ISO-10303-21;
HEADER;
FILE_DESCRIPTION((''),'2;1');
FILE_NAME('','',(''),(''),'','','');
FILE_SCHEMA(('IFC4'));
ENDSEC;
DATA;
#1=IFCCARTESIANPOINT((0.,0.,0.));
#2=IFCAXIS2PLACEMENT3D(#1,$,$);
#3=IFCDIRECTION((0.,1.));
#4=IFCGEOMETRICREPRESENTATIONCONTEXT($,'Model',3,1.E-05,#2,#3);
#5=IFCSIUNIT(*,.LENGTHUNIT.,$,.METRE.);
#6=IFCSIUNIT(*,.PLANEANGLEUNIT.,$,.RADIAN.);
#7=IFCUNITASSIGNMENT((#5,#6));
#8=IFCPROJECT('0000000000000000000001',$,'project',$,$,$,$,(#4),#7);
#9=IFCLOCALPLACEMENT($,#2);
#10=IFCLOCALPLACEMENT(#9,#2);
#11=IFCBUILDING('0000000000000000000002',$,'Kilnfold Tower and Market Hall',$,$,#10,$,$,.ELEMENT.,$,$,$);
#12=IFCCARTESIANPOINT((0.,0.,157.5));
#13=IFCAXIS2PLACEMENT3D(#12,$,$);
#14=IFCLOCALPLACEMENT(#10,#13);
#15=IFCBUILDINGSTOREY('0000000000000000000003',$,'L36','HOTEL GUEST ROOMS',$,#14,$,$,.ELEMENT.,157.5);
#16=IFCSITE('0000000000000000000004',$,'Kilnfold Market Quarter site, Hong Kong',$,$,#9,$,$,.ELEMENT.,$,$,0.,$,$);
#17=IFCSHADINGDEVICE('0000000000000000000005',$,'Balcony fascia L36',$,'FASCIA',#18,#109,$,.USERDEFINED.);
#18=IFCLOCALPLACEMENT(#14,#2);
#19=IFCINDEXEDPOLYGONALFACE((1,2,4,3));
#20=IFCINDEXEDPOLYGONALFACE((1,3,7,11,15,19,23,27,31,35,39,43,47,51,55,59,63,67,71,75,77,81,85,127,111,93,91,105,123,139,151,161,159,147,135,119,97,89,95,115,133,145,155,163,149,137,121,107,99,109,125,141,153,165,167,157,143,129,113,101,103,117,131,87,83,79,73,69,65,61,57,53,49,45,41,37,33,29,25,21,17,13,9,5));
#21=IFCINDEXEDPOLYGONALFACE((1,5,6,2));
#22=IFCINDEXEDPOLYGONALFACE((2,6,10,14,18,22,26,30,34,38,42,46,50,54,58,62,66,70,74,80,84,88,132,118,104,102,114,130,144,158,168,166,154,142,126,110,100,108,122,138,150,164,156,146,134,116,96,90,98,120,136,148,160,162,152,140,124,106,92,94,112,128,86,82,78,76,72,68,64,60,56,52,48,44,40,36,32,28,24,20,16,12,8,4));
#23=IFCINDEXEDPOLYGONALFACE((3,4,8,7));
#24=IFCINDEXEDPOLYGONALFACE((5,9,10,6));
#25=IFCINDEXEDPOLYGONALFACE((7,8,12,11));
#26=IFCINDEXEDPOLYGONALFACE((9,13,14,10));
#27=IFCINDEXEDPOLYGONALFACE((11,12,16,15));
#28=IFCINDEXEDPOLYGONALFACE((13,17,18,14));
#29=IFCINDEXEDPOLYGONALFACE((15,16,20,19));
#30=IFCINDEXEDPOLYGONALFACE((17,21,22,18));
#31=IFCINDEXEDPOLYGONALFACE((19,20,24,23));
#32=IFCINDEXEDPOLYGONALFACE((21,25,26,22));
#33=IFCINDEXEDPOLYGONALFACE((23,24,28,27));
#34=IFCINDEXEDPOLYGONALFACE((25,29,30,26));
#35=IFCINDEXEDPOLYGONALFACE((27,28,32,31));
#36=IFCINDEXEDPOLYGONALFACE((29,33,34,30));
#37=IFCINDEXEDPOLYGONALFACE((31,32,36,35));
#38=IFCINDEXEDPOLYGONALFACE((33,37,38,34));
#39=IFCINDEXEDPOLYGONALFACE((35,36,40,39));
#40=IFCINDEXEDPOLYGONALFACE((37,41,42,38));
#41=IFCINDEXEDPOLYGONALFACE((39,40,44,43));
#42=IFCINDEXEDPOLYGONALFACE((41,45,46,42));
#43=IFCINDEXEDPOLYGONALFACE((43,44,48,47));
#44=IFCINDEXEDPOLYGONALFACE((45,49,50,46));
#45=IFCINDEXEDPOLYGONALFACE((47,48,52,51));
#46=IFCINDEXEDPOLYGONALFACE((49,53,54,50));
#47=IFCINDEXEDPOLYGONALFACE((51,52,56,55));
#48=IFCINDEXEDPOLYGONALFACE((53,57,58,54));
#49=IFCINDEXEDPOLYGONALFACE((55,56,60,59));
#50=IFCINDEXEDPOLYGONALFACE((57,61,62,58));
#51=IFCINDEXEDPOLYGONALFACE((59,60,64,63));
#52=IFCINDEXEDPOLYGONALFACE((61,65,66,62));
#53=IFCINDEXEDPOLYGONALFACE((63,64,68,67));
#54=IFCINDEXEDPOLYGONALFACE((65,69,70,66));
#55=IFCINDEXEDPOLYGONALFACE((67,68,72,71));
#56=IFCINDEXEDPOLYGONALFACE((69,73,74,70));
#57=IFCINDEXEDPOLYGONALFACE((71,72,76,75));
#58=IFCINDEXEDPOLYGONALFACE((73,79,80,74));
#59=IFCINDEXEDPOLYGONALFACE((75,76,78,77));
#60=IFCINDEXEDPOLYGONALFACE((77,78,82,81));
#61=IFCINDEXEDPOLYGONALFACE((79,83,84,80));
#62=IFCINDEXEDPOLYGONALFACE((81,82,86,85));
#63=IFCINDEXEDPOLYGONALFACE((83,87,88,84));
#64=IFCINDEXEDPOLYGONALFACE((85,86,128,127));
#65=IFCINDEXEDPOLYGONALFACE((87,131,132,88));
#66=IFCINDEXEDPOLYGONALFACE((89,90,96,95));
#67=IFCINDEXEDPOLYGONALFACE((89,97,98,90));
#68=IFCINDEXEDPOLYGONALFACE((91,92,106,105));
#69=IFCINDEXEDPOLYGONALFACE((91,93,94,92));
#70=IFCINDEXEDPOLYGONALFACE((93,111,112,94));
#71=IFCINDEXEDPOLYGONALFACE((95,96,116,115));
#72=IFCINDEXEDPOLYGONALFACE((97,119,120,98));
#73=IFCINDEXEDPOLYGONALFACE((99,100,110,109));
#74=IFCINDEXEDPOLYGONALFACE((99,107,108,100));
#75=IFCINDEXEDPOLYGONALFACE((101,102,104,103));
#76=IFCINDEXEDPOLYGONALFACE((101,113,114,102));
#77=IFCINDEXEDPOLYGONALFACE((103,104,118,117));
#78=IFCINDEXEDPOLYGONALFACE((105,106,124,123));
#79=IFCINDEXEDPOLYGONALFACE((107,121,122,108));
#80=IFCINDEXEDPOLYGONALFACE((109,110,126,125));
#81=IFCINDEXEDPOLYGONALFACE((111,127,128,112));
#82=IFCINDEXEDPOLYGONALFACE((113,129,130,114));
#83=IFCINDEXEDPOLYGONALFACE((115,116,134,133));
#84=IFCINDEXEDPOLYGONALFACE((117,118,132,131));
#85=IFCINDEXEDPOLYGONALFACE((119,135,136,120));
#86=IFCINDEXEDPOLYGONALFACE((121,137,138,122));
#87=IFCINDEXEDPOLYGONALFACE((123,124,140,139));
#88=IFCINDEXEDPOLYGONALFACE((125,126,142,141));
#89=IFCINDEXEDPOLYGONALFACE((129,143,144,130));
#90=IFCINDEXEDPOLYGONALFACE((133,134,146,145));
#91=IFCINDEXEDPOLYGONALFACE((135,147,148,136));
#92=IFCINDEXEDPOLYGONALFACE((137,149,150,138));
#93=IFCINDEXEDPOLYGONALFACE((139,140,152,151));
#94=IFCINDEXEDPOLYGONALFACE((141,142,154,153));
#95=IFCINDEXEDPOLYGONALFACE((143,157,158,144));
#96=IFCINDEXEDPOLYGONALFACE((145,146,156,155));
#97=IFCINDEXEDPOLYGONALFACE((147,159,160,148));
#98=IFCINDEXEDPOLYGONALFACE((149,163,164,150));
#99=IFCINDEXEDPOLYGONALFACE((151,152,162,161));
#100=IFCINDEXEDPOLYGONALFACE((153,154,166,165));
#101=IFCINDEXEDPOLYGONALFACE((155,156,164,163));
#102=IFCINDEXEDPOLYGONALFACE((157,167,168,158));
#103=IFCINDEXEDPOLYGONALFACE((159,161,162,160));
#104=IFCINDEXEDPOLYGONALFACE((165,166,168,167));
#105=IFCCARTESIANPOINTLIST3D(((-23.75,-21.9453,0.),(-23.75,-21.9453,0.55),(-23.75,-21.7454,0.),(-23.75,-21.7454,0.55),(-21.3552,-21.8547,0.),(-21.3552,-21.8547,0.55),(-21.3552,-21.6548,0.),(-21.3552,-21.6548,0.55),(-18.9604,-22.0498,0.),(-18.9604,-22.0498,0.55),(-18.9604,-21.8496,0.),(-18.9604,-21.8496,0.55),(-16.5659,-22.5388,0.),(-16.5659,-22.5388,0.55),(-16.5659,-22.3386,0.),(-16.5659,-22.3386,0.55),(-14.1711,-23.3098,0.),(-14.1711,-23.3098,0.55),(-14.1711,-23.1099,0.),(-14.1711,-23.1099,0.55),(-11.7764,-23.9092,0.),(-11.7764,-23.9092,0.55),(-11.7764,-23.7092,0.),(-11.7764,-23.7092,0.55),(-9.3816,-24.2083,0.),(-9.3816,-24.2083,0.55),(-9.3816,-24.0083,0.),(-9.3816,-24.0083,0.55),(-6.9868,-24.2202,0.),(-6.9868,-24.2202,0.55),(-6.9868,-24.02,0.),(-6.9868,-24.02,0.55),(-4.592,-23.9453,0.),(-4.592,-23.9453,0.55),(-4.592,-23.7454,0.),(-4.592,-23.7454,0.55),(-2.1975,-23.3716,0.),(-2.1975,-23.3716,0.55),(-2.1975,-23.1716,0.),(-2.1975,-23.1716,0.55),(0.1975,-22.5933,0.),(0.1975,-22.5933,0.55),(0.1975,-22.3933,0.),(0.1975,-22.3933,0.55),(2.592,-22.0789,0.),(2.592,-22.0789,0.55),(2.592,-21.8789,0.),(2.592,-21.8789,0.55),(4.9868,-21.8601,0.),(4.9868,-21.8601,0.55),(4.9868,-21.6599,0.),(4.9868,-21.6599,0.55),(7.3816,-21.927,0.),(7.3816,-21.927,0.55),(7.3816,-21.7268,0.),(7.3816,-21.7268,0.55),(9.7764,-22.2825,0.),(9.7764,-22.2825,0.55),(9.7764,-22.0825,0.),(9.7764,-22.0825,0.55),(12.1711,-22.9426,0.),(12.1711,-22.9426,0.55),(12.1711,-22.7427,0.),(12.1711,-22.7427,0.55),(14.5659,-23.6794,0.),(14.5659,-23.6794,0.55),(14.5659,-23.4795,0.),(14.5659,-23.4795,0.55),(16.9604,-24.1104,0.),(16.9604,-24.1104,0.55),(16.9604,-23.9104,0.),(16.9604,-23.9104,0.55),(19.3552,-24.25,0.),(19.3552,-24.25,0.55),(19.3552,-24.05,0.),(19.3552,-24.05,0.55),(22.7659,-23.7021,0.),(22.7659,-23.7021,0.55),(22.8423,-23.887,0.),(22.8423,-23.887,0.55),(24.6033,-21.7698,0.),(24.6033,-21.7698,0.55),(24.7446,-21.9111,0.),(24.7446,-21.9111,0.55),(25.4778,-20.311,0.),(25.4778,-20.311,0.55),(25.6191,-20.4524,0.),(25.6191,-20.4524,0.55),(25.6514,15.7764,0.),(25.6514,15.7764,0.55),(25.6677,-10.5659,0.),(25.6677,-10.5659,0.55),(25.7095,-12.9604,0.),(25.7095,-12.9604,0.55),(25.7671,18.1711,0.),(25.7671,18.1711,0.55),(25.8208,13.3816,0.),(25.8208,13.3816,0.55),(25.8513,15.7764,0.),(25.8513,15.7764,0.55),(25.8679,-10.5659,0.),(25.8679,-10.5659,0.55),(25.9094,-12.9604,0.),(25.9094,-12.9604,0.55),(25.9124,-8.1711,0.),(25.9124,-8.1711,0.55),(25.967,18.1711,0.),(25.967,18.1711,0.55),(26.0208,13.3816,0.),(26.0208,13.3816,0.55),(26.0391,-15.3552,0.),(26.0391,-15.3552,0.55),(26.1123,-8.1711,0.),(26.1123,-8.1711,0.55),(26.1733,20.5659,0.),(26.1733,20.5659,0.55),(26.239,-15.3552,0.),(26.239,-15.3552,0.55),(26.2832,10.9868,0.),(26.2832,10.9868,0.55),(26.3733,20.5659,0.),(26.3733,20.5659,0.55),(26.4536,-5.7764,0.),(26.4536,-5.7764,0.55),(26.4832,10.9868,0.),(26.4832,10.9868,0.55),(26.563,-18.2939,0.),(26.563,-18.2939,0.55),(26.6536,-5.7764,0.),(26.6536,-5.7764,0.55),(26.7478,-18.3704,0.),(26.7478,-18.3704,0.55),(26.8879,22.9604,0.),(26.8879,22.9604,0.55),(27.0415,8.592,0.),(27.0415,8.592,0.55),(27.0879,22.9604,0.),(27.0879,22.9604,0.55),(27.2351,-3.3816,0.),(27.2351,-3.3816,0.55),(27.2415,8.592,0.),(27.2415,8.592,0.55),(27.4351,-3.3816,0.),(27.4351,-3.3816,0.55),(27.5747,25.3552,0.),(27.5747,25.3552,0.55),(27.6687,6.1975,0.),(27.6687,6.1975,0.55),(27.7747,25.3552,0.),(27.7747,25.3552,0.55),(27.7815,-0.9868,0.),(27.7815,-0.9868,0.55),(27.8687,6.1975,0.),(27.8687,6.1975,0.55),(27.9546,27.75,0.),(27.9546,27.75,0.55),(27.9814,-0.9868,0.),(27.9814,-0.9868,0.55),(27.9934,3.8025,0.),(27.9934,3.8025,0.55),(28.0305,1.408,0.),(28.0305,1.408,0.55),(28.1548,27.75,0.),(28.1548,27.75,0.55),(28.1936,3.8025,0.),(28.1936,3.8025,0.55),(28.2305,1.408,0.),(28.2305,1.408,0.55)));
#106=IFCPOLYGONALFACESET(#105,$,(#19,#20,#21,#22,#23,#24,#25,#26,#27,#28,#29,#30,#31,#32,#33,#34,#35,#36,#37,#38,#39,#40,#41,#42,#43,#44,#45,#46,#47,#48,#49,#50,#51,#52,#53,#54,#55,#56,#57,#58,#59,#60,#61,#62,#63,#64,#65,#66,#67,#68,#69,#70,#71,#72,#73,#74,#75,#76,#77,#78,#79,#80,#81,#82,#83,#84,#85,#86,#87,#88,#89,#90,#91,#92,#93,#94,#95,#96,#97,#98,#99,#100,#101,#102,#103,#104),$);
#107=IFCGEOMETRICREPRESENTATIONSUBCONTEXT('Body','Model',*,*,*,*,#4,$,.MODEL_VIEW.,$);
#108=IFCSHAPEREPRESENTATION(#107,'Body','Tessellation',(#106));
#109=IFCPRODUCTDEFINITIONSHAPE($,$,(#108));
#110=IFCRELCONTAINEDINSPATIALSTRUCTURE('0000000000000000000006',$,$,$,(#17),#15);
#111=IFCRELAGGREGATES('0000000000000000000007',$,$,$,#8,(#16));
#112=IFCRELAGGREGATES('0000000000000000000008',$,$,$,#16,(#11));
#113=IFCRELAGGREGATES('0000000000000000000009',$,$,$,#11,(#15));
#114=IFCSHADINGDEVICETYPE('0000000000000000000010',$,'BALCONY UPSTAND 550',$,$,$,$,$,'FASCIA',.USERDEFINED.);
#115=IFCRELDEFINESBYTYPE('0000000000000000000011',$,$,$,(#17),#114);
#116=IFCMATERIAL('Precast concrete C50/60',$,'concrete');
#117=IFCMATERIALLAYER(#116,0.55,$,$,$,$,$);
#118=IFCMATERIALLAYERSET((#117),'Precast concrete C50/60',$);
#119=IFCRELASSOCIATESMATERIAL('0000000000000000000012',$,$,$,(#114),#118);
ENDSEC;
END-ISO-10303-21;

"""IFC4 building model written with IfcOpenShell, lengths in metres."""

from ifc_helpers import new_model, si_unit, direction, frame, origin, place, context, subcontext, project, spatial, polyline, outline, extrude, source, transform, mapped, material, layer, layer_set, type_object, element, save


model = new_model("IFC4")

# Units and contexts
model_context = context("Model", 3, precision=1e-05, world=origin(), true_north=direction((0.0, 1.0)))
body_context = subcontext(model_context, "Body", "Model", "MODEL_VIEW")
ifc_project = project(units=[si_unit("LENGTHUNIT", "METRE"), si_unit("PLANEANGLEUNIT", "RADIAN")], contexts=[model_context])

# Site, building, storey
site_placement = place(None, origin())
site = spatial("IfcSite", under=ifc_project, at=site_placement, Name="Kilnfold Market Quarter site, Hong Kong", CompositionType="ELEMENT", RefElevation=0.0)
building_placement = place(site_placement, origin())
building = spatial("IfcBuilding", under=site, at=building_placement, Name="Kilnfold Tower and Market Hall", CompositionType="ELEMENT")
storey_placement = place(building_placement, frame((0.0, 0.0, 157.5)))
storey = spatial("IfcBuildingStorey", under=building, at=storey_placement, Name="L36", Description="HOTEL GUEST ROOMS", CompositionType="ELEMENT", Elevation=157.5)

# Shading device
ifc_material_1 = material(Name="Precast concrete C50/60", Category="concrete")
ifc_layer_1 = layer(ifc_material_1, 0.55)
ifc_layer_set_1 = layer_set([ifc_layer_1], Name="Precast concrete C50/60")
shading_device_type_1 = type_object("IfcShadingDeviceType", Name="BALCONY UPSTAND 550", ElementType="FASCIA", PredefinedType="USERDEFINED", material=ifc_layer_set_1)
shared_shape_1 = source(origin(), body_context, "Body", "SweptSolid", [
    extrude(outline(polyline([(-23.75, -21.9453), (-21.3552, -21.8547), (-18.9604, -22.0498), (-16.5659, -22.5388), (-14.1711, -23.3098), (-11.7764, -23.9092), (-9.3816, -24.2083), (-6.9868, -24.2202), (-4.592, -23.9453), (-2.1975, -23.3716), (0.1975, -22.5933), (2.592, -22.0789), (4.9868, -21.8601), (7.3816, -21.927), (9.7764, -22.2825), (12.1711, -22.9426), (14.5659, -23.6794), (16.9604, -24.1104), (19.3552, -24.25), (22.8423, -23.887), (24.7446, -21.9111), (25.6191, -20.4524), (26.7478, -18.3704), (26.239, -15.3552), (25.9094, -12.9604), (25.8679, -10.5659), (26.1123, -8.1711), (26.6536, -5.7764), (27.4351, -3.3816), (27.9814, -0.9868), (28.2305, 1.408), (28.1936, 3.8025), (27.8687, 6.1975), (27.2415, 8.592), (26.4832, 10.9868), (26.0208, 13.3816), (25.8513, 15.7764), (25.967, 18.1711), (26.3733, 20.5659), (27.0879, 22.9604), (27.7747, 25.3552), (28.1548, 27.75), (27.9546, 27.75), (27.5747, 25.3552), (26.8879, 22.9604), (26.1733, 20.5659), (25.7671, 18.1711), (25.6514, 15.7764), (25.8208, 13.3816), (26.2832, 10.9868), (27.0415, 8.592), (27.6687, 6.1975), (27.9934, 3.8025), (28.0305, 1.408), (27.7815, -0.9868), (27.2351, -3.3816), (26.4536, -5.7764), (25.9124, -8.1711), (25.6677, -10.5659), (25.7095, -12.9604), (26.0391, -15.3552), (26.563, -18.2939), (25.4778, -20.311), (24.6033, -21.7698), (22.7659, -23.7021), (19.3552, -24.05), (16.9604, -23.9104), (14.5659, -23.4795), (12.1711, -22.7427), (9.7764, -22.0825), (7.3816, -21.7268), (4.9868, -21.6599), (2.592, -21.8789), (0.1975, -22.3933), (-2.1975, -23.1716), (-4.592, -23.7454), (-6.9868, -24.02), (-9.3816, -24.0083), (-11.7764, -23.7092), (-14.1711, -23.1099), (-16.5659, -22.3386), (-18.9604, -21.8496), (-21.3552, -21.6548), (-23.75, -21.7454), (-23.75, -21.9453)])), origin(), (0.0, 0.0, 1.0), 0.55),
])
shading_device_1_placement = place(storey_placement, origin())
element("IfcShadingDevice", 1, at=shading_device_1_placement, inside=storey, type_object=shading_device_type_1, Name="Balcony fascia L36", ObjectType="FASCIA", PredefinedType="USERDEFINED", context=body_context, shape_type="MappedRepresentation", body=[
    mapped(shared_shape_1, transform((0.0, 0.0, 0.0))),
])

save(model, "model.ifc")
